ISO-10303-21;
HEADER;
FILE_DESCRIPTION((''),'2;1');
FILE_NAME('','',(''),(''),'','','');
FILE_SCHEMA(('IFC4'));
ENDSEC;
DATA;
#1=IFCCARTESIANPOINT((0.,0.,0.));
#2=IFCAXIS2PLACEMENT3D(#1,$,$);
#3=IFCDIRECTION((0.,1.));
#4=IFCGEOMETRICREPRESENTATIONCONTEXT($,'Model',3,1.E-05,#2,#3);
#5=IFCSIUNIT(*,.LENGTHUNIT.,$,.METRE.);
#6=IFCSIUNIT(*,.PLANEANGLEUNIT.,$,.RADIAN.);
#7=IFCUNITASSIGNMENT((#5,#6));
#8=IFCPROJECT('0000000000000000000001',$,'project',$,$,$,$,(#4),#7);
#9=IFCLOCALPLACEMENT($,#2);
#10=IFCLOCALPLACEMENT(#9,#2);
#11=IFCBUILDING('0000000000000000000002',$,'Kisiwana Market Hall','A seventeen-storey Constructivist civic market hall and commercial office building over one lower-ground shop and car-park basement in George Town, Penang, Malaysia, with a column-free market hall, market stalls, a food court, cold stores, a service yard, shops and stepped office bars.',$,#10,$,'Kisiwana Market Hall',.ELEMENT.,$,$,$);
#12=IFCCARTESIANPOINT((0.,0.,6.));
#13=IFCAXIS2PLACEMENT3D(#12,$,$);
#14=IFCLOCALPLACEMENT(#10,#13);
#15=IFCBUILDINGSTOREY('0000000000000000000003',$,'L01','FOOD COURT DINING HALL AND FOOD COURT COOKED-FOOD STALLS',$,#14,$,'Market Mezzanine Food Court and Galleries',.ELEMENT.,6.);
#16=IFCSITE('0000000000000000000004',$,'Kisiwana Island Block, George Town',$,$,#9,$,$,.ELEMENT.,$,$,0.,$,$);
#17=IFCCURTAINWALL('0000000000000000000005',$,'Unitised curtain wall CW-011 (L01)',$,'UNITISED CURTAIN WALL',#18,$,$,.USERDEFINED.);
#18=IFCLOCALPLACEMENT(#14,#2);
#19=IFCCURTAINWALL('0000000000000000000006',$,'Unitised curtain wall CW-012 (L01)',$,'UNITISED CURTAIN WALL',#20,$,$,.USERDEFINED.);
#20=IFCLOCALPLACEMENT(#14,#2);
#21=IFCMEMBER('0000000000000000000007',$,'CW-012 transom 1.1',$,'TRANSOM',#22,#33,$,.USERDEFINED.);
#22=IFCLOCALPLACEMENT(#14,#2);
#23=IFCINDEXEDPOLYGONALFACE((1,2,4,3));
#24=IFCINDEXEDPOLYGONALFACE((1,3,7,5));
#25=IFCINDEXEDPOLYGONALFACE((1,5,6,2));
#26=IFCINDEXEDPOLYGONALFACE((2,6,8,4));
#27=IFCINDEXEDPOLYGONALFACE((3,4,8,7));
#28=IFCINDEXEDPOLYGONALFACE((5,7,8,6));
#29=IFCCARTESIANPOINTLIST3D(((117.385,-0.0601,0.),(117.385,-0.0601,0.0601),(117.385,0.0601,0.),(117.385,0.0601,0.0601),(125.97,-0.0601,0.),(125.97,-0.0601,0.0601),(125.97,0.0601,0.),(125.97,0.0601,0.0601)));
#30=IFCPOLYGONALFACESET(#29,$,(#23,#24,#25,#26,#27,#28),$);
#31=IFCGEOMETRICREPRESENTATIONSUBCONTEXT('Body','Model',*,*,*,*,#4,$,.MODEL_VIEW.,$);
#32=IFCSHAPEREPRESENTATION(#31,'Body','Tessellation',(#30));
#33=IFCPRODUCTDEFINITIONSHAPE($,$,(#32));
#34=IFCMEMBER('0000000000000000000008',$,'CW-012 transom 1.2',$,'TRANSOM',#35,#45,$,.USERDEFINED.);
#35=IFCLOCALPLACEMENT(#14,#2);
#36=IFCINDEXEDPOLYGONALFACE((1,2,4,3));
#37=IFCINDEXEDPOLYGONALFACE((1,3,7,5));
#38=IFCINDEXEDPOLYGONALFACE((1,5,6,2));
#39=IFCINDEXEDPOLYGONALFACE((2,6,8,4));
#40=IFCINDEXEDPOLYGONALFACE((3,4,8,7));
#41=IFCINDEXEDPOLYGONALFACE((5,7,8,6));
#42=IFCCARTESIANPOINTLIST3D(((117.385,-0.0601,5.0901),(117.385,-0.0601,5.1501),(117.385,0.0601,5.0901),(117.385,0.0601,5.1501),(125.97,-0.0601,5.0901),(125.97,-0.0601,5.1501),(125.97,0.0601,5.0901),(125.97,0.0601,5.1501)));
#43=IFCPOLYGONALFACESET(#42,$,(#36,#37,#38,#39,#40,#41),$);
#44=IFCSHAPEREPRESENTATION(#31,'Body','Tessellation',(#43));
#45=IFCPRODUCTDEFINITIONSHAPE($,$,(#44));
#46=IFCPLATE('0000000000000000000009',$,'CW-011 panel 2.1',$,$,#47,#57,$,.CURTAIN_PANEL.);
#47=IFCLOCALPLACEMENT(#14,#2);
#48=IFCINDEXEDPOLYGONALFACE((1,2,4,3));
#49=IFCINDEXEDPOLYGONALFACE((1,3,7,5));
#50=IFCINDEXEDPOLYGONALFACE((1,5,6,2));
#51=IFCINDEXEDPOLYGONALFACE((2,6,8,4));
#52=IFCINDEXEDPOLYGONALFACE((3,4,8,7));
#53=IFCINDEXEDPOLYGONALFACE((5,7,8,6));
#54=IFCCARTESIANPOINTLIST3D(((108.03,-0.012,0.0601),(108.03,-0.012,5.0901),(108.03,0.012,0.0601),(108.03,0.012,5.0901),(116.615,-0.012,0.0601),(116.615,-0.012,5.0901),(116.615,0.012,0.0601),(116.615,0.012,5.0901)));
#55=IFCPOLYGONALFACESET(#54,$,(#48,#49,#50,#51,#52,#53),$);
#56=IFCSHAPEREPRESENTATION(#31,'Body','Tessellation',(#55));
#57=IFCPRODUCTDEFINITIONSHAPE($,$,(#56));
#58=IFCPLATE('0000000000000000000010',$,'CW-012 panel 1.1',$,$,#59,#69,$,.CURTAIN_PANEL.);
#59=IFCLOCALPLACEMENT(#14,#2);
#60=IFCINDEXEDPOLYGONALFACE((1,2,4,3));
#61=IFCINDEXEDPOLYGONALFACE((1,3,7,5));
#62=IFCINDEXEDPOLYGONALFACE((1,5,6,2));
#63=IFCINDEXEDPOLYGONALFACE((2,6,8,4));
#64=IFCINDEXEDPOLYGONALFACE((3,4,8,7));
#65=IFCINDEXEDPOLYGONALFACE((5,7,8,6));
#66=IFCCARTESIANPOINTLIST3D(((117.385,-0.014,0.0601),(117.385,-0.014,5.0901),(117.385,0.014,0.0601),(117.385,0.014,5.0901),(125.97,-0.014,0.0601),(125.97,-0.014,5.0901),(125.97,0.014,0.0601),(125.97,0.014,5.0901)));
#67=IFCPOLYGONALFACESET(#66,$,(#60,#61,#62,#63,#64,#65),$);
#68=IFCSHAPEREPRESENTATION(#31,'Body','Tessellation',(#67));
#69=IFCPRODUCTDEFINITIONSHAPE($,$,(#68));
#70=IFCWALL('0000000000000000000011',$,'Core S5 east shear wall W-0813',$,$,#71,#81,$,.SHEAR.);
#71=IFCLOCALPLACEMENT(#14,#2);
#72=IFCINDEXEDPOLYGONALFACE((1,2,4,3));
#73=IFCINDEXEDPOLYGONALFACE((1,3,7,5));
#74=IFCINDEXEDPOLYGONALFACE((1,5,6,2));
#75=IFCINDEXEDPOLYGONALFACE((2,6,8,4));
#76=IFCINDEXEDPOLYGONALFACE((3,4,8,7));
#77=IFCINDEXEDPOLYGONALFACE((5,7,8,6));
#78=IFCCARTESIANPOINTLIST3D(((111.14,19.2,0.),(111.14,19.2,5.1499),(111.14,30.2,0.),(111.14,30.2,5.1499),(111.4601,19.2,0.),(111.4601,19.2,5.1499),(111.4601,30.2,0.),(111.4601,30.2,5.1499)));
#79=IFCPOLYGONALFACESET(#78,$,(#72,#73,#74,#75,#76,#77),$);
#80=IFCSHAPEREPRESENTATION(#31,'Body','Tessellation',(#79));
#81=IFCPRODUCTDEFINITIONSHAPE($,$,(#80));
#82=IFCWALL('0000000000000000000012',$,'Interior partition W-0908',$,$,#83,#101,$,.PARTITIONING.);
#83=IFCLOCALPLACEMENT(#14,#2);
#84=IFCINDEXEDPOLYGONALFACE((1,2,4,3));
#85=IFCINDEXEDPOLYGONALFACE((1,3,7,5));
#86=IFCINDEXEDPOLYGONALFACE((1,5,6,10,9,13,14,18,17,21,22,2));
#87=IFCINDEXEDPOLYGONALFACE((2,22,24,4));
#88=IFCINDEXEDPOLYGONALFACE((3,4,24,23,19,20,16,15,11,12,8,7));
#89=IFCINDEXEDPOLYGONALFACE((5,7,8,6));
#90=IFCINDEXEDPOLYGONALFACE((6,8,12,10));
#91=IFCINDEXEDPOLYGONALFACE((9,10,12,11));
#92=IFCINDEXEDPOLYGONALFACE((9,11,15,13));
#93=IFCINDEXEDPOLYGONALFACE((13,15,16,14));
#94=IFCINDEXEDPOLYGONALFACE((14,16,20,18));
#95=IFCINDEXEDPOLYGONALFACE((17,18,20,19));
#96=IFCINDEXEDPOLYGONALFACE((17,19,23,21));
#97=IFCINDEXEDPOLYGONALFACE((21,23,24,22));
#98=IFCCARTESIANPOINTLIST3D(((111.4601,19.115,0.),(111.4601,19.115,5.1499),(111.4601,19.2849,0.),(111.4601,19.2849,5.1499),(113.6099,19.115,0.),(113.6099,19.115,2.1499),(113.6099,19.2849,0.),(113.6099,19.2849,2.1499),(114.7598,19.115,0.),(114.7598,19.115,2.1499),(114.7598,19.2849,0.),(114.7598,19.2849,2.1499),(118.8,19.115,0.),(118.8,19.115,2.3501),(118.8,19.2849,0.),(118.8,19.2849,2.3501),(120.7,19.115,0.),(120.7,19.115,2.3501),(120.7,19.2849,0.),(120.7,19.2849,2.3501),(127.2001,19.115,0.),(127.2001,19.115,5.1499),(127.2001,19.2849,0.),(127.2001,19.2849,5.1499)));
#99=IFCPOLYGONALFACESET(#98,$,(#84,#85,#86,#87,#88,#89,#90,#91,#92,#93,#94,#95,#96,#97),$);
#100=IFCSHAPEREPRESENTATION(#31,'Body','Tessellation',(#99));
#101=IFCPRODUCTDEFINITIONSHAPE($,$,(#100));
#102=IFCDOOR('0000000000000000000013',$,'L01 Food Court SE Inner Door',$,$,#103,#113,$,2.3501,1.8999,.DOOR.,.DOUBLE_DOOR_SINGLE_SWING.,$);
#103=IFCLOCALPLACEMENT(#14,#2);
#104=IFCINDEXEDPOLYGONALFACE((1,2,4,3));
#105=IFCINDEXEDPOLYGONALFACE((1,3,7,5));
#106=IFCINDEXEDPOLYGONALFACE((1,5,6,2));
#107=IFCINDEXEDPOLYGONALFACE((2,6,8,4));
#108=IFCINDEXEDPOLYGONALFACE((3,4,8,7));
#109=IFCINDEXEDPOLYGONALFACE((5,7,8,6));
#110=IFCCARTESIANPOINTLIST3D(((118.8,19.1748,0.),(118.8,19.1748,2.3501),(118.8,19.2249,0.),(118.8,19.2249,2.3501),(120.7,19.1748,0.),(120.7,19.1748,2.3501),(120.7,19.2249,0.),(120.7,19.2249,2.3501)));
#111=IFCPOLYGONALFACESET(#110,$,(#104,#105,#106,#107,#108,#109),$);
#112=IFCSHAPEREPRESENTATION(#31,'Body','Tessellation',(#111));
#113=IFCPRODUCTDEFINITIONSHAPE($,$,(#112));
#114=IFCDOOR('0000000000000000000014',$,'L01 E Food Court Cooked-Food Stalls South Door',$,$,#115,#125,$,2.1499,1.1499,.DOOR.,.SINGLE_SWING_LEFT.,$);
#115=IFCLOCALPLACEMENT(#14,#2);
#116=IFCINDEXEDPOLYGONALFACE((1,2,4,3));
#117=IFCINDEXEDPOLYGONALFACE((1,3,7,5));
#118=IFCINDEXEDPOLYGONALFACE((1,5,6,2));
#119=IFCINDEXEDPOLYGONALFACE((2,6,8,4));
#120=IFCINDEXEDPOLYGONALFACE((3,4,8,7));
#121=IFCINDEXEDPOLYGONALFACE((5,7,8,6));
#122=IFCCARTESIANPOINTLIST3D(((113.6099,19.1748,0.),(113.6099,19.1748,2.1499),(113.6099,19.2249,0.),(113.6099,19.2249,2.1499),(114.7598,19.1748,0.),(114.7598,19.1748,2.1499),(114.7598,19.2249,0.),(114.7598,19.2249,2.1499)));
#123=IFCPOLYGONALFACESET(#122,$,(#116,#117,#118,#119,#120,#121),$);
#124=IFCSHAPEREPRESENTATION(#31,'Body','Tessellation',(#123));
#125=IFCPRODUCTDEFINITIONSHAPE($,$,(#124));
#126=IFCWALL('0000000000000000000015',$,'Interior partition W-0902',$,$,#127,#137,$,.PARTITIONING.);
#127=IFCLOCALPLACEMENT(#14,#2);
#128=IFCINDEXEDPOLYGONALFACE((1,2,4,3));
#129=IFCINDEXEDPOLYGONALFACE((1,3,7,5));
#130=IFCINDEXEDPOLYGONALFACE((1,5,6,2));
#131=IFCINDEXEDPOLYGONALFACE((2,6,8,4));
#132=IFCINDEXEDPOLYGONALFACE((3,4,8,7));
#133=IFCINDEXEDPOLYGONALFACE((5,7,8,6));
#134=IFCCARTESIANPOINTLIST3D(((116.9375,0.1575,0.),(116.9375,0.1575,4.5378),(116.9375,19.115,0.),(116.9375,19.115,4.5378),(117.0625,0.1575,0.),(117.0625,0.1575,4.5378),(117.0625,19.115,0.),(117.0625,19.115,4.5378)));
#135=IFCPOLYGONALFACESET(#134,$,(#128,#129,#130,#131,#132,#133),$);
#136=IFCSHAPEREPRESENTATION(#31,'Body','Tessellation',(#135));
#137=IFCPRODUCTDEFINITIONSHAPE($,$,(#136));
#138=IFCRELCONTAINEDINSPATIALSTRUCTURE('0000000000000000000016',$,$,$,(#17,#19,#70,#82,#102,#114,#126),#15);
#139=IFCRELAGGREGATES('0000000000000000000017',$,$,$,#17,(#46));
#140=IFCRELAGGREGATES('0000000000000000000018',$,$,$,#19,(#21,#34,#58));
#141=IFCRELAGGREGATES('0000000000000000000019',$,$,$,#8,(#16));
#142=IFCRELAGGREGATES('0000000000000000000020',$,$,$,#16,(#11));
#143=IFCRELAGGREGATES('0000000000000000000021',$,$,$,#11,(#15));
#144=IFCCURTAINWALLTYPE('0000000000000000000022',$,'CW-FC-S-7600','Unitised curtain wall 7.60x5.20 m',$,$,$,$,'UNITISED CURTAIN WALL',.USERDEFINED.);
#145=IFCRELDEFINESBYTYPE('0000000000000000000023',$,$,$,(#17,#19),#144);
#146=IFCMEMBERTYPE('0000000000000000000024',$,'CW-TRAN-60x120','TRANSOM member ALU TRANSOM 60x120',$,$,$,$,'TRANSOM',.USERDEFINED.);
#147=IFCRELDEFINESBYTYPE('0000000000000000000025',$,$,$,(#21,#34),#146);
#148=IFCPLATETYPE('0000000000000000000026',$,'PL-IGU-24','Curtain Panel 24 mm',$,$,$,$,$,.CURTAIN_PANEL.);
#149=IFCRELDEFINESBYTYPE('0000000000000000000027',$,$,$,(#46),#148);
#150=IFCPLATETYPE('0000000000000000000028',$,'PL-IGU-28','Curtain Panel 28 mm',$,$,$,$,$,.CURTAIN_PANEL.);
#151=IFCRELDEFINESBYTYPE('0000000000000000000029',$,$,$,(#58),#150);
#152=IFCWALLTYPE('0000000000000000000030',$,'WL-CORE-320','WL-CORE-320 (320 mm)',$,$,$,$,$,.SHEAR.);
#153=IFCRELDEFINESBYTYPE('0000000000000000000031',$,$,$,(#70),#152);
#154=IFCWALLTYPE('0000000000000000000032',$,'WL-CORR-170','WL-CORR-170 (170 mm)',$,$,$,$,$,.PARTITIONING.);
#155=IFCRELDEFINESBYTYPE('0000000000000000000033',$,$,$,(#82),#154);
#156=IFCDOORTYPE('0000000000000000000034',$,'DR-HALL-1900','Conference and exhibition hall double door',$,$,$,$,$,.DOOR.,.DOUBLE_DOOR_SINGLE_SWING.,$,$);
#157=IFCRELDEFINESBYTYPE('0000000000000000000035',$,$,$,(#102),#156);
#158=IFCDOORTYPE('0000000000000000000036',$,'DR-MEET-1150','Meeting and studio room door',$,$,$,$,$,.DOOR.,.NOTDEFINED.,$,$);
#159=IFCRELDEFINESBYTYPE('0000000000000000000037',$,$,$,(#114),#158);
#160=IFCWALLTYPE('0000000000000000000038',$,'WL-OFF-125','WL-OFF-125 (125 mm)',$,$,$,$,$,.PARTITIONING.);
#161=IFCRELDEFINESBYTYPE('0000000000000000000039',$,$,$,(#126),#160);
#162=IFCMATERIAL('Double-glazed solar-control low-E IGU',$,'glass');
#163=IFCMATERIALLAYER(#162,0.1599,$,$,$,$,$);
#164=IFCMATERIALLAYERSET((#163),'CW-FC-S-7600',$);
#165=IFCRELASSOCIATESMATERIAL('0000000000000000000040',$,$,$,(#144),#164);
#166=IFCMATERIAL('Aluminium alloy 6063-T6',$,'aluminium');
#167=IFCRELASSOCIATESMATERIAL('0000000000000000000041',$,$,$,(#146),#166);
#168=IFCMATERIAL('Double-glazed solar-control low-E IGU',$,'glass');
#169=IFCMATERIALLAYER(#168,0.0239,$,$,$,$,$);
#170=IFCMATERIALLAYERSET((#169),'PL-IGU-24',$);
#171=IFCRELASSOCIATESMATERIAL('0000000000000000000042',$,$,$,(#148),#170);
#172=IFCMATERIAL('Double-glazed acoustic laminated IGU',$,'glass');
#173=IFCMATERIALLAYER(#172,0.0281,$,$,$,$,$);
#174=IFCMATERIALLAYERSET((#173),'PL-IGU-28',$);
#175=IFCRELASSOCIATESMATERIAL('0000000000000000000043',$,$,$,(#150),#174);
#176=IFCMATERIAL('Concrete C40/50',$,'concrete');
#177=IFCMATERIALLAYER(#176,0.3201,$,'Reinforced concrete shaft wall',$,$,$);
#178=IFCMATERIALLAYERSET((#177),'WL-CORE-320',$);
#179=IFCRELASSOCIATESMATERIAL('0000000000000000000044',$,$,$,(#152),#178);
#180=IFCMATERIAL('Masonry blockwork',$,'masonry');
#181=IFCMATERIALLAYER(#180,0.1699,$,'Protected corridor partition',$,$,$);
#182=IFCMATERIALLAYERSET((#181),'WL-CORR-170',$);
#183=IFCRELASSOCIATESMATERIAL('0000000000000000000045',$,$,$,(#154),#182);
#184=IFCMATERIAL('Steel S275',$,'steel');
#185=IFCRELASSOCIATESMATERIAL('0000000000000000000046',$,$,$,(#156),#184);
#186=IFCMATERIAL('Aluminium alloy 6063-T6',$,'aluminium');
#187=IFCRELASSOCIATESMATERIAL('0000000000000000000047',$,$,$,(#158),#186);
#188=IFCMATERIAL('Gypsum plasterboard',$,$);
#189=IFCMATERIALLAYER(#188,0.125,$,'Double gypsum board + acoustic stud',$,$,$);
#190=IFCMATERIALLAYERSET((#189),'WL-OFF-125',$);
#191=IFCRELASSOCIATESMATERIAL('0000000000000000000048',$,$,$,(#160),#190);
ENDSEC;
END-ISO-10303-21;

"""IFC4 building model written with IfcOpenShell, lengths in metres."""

from ifc_helpers import new_model, si_unit, direction, frame, frame_2d, origin, origin_2d, place, context, subcontext, project, spatial, rectangle, extrude, material, layer, layer_set, material_profile, profile_set, type_object, element, fill, aggregate, save


model = new_model("IFC4")

# Units and contexts
model_context = context("Model", 3, precision=1e-05, world=origin(), true_north=direction((0.0, 1.0)))
body_context = subcontext(model_context, "Body", "Model", "MODEL_VIEW")
ifc_project = project(units=[si_unit("LENGTHUNIT", "METRE"), si_unit("PLANEANGLEUNIT", "RADIAN")], contexts=[model_context])

# Site, building, storey
site_placement = place(None, origin())
site = spatial("IfcSite", under=ifc_project, at=site_placement, Name="Kisiwana Island Block, George Town", CompositionType="ELEMENT", RefElevation=0.0)
building_placement = place(site_placement, origin())
building = spatial("IfcBuilding", under=site, at=building_placement, Name="Kisiwana Market Hall", Description="A seventeen-storey Constructivist civic market hall and commercial office building over one lower-ground shop and car-park basement in George Town, Penang, Malaysia, with a column-free market hall, market stalls, a food court, cold stores, a service yard, shops and stepped office bars.", LongName="Kisiwana Market Hall", CompositionType="ELEMENT")
storey_placement = place(building_placement, frame((0.0, 0.0, 6.0)))
storey = spatial("IfcBuildingStorey", under=building, at=storey_placement, Name="L01", Description="FOOD COURT DINING HALL AND FOOD COURT COOKED-FOOD STALLS", LongName="Market Mezzanine Food Court and Galleries", CompositionType="ELEMENT", Elevation=6.0)

# Curtain wall
ifc_material_1 = material(Name="Double-glazed solar-control low-E IGU", Category="glass")
ifc_layer_1 = layer(ifc_material_1, 0.1599)
ifc_layer_set_1 = layer_set([ifc_layer_1], Name="CW-FC-S-7600")
curtain_wall_type = type_object("IfcCurtainWallType", Name="CW-FC-S-7600", Description="Unitised curtain wall 7.60x5.20 m", ElementType="UNITISED CURTAIN WALL", PredefinedType="USERDEFINED", material=ifc_layer_set_1)
curtain_wall_1_placement = place(storey_placement, origin())
curtain_wall_1 = element("IfcCurtainWall", 1, at=curtain_wall_1_placement, inside=storey, type_object=curtain_wall_type, Name="Unitised curtain wall CW-011 (L01)", ObjectType="UNITISED CURTAIN WALL", PredefinedType="USERDEFINED")

# Curtain wall, members
curtain_wall_2_placement = place(storey_placement, origin())
curtain_wall_2 = element("IfcCurtainWall", 2, at=curtain_wall_2_placement, inside=storey, type_object=curtain_wall_type, Name="Unitised curtain wall CW-012 (L01)", ObjectType="UNITISED CURTAIN WALL", PredefinedType="USERDEFINED")
ifc_material_2 = material(Name="Aluminium alloy 6063-T6", Category="aluminium")
ifc_material_profile_1 = material_profile(ifc_material_2, rectangle(XDim=0.1201, YDim=0.0601, at=origin_2d()), Name="ALU TRANSOM 60x120")
ifc_profile_set_1 = profile_set([ifc_material_profile_1], Name="Aluminium alloy 6063-T6")
member_type_1 = type_object("IfcMemberType", Name="CW-TRAN-60x120", Description="TRANSOM member ALU TRANSOM 60x120", ElementType="TRANSOM", PredefinedType="USERDEFINED", material=ifc_profile_set_1)
member_1_placement = place(storey_placement, frame((117.385, 0.0, 0.03), z_axis=(1.0, 0.0, 0.0), x_axis=(0.0, 1.0, 0.0)))
member_1 = element("IfcMember", 3, at=member_1_placement, type_object=member_type_1, Name="CW-012 transom 1.1", ObjectType="TRANSOM", PredefinedType="USERDEFINED", context=body_context, shape_type="SweptSolid", body=[
    extrude(rectangle(XDim=0.1201, YDim=0.0601, at=origin_2d()), origin(), (0.0, 0.0, 1.0), 8.585),
])
member_2_placement = place(storey_placement, frame((117.385, 0.0, 5.1201), z_axis=(1.0, 0.0, 0.0), x_axis=(0.0, 1.0, 0.0)))
member_2 = element("IfcMember", 4, at=member_2_placement, type_object=member_type_1, Name="CW-012 transom 1.2", ObjectType="TRANSOM", PredefinedType="USERDEFINED", context=body_context, shape_type="SweptSolid", body=[
    extrude(rectangle(XDim=0.1201, YDim=0.0601, at=origin_2d()), origin(), (0.0, 0.0, 1.0), 8.585),
])

# Plates
ifc_material_3 = material(Name="Double-glazed solar-control low-E IGU", Category="glass")
ifc_layer_2 = layer(ifc_material_3, 0.0239)
ifc_layer_set_2 = layer_set([ifc_layer_2], Name="PL-IGU-24")
plate_type_1 = type_object("IfcPlateType", Name="PL-IGU-24", Description="Curtain Panel 24 mm", PredefinedType="CURTAIN_PANEL", material=ifc_layer_set_2)
plate_1_placement = place(storey_placement, frame((112.3225, 0.0, 0.0601), z_axis=(0.0, 0.0, 1.0), x_axis=(1.0, 0.0, 0.0)))
plate_1 = element("IfcPlate", 5, at=plate_1_placement, type_object=plate_type_1, Name="CW-011 panel 2.1", PredefinedType="CURTAIN_PANEL", context=body_context, shape_type="SweptSolid", body=[
    extrude(rectangle(XDim=8.585, YDim=0.0239, at=origin_2d()), origin(), (0.0, 0.0, 1.0), 5.03),
])
aggregate(curtain_wall_1, [plate_1])
ifc_material_4 = material(Name="Double-glazed acoustic laminated IGU", Category="glass")
ifc_layer_3 = layer(ifc_material_4, 0.0281)
ifc_layer_set_3 = layer_set([ifc_layer_3], Name="PL-IGU-28")
plate_type_2 = type_object("IfcPlateType", Name="PL-IGU-28", Description="Curtain Panel 28 mm", PredefinedType="CURTAIN_PANEL", material=ifc_layer_set_3)
plate_2_placement = place(storey_placement, frame((121.6775, 0.0, 0.0601), z_axis=(0.0, 0.0, 1.0), x_axis=(1.0, 0.0, 0.0)))
plate_2 = element("IfcPlate", 6, at=plate_2_placement, type_object=plate_type_2, Name="CW-012 panel 1.1", PredefinedType="CURTAIN_PANEL", context=body_context, shape_type="SweptSolid", body=[
    extrude(rectangle(XDim=8.585, YDim=0.0281, at=origin_2d()), origin(), (0.0, 0.0, 1.0), 5.03),
])
aggregate(curtain_wall_2, [member_1, member_2, plate_2])

# Wall
ifc_material_5 = material(Name="Concrete C40/50", Category="concrete")
ifc_layer_4 = layer(ifc_material_5, 0.3201, Name="Reinforced concrete shaft wall")
ifc_layer_set_4 = layer_set([ifc_layer_4], Name="WL-CORE-320")
wall_type_1 = type_object("IfcWallType", Name="WL-CORE-320", Description="WL-CORE-320 (320 mm)", PredefinedType="SHEAR", material=ifc_layer_set_4)
wall_1_placement = place(storey_placement, frame((111.3, 19.2, 0.0), z_axis=(0.0, 0.0, 1.0), x_axis=(0.0, 1.0, 0.0)))
element("IfcWall", 7, at=wall_1_placement, inside=storey, type_object=wall_type_1, Name="Core S5 east shear wall W-0813", PredefinedType="SHEAR", context=body_context, shape_type="SweptSolid", body=[
    extrude(rectangle(XDim=11.0, YDim=0.3201, at=frame_2d((5.5, 0.0))), origin(), (0.0, 0.0, 1.0), 5.1499),
])

# Wall, openings, doors
ifc_material_6 = material(Name="Masonry blockwork", Category="masonry")
ifc_layer_5 = layer(ifc_material_6, 0.1699, Name="Protected corridor partition")
ifc_layer_set_5 = layer_set([ifc_layer_5], Name="WL-CORR-170")
wall_type_2 = type_object("IfcWallType", Name="WL-CORR-170", Description="WL-CORR-170 (170 mm)", PredefinedType="PARTITIONING", material=ifc_layer_set_5)
wall_2_placement = place(storey_placement, frame((111.46, 19.2, 0.0), z_axis=(0.0, 0.0, 1.0), x_axis=(1.0, 0.0, 0.0)))
wall_2 = element("IfcWall", 8, at=wall_2_placement, inside=storey, type_object=wall_type_2, Name="Interior partition W-0908", PredefinedType="PARTITIONING", context=body_context, shape_type="SweptSolid", body=[
    extrude(rectangle(XDim=15.74, YDim=0.1699, at=frame_2d((7.8701, 0.0))), origin(), (0.0, 0.0, 1.0), 5.1499),
])
opening_1_placement = place(wall_2_placement, frame((7.3401, 0.0, 0.0)))
opening_1 = element("IfcOpeningElement", 9, at=opening_1_placement, cuts=wall_2, PredefinedType="OPENING", context=body_context, shape_type="SweptSolid", body=[
    extrude(rectangle(XDim=1.8999, YDim=2.3501, at=frame_2d((0.95, 1.175))), frame((0.0, 0.0969, 0.0), z_axis=(0.0, -1.0, 0.0), x_axis=(1.0, 0.0, 0.0)), (0.0, 0.0, 1.0), 0.1938),
])
opening_2_placement = place(wall_2_placement, frame((2.1499, 0.0, 0.0)))
opening_2 = element("IfcOpeningElement", 10, at=opening_2_placement, cuts=wall_2, PredefinedType="OPENING", context=body_context, shape_type="SweptSolid", body=[
    extrude(rectangle(XDim=1.1499, YDim=2.1499, at=frame_2d((0.575, 1.075))), frame((0.0, 0.0969, 0.0), z_axis=(0.0, -1.0, 0.0), x_axis=(1.0, 0.0, 0.0)), (0.0, 0.0, 1.0), 0.1938),
])
ifc_material_7 = material(Name="Steel S275", Category="steel")
door_type_1 = type_object("IfcDoorType", Name="DR-HALL-1900", Description="Conference and exhibition hall double door", OperationType="DOUBLE_DOOR_SINGLE_SWING", PredefinedType="DOOR", material=ifc_material_7)
door_1_placement = place(opening_1_placement, origin())
door_1 = element("IfcDoor", 11, at=door_1_placement, inside=storey, type_object=door_type_1, Name="L01 Food Court SE Inner Door", OperationType="DOUBLE_DOOR_SINGLE_SWING", OverallHeight=2.3501, OverallWidth=1.8999, PredefinedType="DOOR", context=body_context, shape_type="SweptSolid", body=[
    extrude(rectangle(XDim=1.8999, YDim=2.3501, at=frame_2d((0.95, 1.175))), frame((0.0, 0.0249, 0.0), z_axis=(0.0, -1.0, 0.0), x_axis=(1.0, 0.0, 0.0)), (0.0, 0.0, 1.0), 0.05),
])
fill(opening_1, door_1)
ifc_material_8 = material(Name="Aluminium alloy 6063-T6", Category="aluminium")
door_type_2 = type_object("IfcDoorType", Name="DR-MEET-1150", Description="Meeting and studio room door", OperationType="NOTDEFINED", PredefinedType="DOOR", material=ifc_material_8)
door_2_placement = place(opening_2_placement, origin())
door_2 = element("IfcDoor", 12, at=door_2_placement, inside=storey, type_object=door_type_2, Name="L01 E Food Court Cooked-Food Stalls South Door", OperationType="SINGLE_SWING_LEFT", OverallHeight=2.1499, OverallWidth=1.1499, PredefinedType="DOOR", context=body_context, shape_type="SweptSolid", body=[
    extrude(rectangle(XDim=1.1499, YDim=2.1499, at=frame_2d((0.575, 1.075))), frame((0.0, 0.0249, 0.0), z_axis=(0.0, -1.0, 0.0), x_axis=(1.0, 0.0, 0.0)), (0.0, 0.0, 1.0), 0.05),
])
fill(opening_2, door_2)

# Wall
ifc_material_9 = material(Name="Gypsum plasterboard")
ifc_layer_6 = layer(ifc_material_9, 0.125, Name="Double gypsum board + acoustic stud")
ifc_layer_set_6 = layer_set([ifc_layer_6], Name="WL-OFF-125")
wall_type_3 = type_object("IfcWallType", Name="WL-OFF-125", Description="WL-OFF-125 (125 mm)", PredefinedType="PARTITIONING", material=ifc_layer_set_6)
wall_3_placement = place(storey_placement, frame((117.0, 0.1575, 0.0), z_axis=(0.0, 0.0, 1.0), x_axis=(0.0, 1.0, 0.0)))
element("IfcWall", 13, at=wall_3_placement, inside=storey, type_object=wall_type_3, Name="Interior partition W-0902", PredefinedType="PARTITIONING", context=body_context, shape_type="SweptSolid", body=[
    extrude(rectangle(XDim=18.9575, YDim=0.125, at=frame_2d((9.4788, 0.0))), origin(), (0.0, 0.0, 1.0), 4.5378),
])

save(model, "model.ifc")
